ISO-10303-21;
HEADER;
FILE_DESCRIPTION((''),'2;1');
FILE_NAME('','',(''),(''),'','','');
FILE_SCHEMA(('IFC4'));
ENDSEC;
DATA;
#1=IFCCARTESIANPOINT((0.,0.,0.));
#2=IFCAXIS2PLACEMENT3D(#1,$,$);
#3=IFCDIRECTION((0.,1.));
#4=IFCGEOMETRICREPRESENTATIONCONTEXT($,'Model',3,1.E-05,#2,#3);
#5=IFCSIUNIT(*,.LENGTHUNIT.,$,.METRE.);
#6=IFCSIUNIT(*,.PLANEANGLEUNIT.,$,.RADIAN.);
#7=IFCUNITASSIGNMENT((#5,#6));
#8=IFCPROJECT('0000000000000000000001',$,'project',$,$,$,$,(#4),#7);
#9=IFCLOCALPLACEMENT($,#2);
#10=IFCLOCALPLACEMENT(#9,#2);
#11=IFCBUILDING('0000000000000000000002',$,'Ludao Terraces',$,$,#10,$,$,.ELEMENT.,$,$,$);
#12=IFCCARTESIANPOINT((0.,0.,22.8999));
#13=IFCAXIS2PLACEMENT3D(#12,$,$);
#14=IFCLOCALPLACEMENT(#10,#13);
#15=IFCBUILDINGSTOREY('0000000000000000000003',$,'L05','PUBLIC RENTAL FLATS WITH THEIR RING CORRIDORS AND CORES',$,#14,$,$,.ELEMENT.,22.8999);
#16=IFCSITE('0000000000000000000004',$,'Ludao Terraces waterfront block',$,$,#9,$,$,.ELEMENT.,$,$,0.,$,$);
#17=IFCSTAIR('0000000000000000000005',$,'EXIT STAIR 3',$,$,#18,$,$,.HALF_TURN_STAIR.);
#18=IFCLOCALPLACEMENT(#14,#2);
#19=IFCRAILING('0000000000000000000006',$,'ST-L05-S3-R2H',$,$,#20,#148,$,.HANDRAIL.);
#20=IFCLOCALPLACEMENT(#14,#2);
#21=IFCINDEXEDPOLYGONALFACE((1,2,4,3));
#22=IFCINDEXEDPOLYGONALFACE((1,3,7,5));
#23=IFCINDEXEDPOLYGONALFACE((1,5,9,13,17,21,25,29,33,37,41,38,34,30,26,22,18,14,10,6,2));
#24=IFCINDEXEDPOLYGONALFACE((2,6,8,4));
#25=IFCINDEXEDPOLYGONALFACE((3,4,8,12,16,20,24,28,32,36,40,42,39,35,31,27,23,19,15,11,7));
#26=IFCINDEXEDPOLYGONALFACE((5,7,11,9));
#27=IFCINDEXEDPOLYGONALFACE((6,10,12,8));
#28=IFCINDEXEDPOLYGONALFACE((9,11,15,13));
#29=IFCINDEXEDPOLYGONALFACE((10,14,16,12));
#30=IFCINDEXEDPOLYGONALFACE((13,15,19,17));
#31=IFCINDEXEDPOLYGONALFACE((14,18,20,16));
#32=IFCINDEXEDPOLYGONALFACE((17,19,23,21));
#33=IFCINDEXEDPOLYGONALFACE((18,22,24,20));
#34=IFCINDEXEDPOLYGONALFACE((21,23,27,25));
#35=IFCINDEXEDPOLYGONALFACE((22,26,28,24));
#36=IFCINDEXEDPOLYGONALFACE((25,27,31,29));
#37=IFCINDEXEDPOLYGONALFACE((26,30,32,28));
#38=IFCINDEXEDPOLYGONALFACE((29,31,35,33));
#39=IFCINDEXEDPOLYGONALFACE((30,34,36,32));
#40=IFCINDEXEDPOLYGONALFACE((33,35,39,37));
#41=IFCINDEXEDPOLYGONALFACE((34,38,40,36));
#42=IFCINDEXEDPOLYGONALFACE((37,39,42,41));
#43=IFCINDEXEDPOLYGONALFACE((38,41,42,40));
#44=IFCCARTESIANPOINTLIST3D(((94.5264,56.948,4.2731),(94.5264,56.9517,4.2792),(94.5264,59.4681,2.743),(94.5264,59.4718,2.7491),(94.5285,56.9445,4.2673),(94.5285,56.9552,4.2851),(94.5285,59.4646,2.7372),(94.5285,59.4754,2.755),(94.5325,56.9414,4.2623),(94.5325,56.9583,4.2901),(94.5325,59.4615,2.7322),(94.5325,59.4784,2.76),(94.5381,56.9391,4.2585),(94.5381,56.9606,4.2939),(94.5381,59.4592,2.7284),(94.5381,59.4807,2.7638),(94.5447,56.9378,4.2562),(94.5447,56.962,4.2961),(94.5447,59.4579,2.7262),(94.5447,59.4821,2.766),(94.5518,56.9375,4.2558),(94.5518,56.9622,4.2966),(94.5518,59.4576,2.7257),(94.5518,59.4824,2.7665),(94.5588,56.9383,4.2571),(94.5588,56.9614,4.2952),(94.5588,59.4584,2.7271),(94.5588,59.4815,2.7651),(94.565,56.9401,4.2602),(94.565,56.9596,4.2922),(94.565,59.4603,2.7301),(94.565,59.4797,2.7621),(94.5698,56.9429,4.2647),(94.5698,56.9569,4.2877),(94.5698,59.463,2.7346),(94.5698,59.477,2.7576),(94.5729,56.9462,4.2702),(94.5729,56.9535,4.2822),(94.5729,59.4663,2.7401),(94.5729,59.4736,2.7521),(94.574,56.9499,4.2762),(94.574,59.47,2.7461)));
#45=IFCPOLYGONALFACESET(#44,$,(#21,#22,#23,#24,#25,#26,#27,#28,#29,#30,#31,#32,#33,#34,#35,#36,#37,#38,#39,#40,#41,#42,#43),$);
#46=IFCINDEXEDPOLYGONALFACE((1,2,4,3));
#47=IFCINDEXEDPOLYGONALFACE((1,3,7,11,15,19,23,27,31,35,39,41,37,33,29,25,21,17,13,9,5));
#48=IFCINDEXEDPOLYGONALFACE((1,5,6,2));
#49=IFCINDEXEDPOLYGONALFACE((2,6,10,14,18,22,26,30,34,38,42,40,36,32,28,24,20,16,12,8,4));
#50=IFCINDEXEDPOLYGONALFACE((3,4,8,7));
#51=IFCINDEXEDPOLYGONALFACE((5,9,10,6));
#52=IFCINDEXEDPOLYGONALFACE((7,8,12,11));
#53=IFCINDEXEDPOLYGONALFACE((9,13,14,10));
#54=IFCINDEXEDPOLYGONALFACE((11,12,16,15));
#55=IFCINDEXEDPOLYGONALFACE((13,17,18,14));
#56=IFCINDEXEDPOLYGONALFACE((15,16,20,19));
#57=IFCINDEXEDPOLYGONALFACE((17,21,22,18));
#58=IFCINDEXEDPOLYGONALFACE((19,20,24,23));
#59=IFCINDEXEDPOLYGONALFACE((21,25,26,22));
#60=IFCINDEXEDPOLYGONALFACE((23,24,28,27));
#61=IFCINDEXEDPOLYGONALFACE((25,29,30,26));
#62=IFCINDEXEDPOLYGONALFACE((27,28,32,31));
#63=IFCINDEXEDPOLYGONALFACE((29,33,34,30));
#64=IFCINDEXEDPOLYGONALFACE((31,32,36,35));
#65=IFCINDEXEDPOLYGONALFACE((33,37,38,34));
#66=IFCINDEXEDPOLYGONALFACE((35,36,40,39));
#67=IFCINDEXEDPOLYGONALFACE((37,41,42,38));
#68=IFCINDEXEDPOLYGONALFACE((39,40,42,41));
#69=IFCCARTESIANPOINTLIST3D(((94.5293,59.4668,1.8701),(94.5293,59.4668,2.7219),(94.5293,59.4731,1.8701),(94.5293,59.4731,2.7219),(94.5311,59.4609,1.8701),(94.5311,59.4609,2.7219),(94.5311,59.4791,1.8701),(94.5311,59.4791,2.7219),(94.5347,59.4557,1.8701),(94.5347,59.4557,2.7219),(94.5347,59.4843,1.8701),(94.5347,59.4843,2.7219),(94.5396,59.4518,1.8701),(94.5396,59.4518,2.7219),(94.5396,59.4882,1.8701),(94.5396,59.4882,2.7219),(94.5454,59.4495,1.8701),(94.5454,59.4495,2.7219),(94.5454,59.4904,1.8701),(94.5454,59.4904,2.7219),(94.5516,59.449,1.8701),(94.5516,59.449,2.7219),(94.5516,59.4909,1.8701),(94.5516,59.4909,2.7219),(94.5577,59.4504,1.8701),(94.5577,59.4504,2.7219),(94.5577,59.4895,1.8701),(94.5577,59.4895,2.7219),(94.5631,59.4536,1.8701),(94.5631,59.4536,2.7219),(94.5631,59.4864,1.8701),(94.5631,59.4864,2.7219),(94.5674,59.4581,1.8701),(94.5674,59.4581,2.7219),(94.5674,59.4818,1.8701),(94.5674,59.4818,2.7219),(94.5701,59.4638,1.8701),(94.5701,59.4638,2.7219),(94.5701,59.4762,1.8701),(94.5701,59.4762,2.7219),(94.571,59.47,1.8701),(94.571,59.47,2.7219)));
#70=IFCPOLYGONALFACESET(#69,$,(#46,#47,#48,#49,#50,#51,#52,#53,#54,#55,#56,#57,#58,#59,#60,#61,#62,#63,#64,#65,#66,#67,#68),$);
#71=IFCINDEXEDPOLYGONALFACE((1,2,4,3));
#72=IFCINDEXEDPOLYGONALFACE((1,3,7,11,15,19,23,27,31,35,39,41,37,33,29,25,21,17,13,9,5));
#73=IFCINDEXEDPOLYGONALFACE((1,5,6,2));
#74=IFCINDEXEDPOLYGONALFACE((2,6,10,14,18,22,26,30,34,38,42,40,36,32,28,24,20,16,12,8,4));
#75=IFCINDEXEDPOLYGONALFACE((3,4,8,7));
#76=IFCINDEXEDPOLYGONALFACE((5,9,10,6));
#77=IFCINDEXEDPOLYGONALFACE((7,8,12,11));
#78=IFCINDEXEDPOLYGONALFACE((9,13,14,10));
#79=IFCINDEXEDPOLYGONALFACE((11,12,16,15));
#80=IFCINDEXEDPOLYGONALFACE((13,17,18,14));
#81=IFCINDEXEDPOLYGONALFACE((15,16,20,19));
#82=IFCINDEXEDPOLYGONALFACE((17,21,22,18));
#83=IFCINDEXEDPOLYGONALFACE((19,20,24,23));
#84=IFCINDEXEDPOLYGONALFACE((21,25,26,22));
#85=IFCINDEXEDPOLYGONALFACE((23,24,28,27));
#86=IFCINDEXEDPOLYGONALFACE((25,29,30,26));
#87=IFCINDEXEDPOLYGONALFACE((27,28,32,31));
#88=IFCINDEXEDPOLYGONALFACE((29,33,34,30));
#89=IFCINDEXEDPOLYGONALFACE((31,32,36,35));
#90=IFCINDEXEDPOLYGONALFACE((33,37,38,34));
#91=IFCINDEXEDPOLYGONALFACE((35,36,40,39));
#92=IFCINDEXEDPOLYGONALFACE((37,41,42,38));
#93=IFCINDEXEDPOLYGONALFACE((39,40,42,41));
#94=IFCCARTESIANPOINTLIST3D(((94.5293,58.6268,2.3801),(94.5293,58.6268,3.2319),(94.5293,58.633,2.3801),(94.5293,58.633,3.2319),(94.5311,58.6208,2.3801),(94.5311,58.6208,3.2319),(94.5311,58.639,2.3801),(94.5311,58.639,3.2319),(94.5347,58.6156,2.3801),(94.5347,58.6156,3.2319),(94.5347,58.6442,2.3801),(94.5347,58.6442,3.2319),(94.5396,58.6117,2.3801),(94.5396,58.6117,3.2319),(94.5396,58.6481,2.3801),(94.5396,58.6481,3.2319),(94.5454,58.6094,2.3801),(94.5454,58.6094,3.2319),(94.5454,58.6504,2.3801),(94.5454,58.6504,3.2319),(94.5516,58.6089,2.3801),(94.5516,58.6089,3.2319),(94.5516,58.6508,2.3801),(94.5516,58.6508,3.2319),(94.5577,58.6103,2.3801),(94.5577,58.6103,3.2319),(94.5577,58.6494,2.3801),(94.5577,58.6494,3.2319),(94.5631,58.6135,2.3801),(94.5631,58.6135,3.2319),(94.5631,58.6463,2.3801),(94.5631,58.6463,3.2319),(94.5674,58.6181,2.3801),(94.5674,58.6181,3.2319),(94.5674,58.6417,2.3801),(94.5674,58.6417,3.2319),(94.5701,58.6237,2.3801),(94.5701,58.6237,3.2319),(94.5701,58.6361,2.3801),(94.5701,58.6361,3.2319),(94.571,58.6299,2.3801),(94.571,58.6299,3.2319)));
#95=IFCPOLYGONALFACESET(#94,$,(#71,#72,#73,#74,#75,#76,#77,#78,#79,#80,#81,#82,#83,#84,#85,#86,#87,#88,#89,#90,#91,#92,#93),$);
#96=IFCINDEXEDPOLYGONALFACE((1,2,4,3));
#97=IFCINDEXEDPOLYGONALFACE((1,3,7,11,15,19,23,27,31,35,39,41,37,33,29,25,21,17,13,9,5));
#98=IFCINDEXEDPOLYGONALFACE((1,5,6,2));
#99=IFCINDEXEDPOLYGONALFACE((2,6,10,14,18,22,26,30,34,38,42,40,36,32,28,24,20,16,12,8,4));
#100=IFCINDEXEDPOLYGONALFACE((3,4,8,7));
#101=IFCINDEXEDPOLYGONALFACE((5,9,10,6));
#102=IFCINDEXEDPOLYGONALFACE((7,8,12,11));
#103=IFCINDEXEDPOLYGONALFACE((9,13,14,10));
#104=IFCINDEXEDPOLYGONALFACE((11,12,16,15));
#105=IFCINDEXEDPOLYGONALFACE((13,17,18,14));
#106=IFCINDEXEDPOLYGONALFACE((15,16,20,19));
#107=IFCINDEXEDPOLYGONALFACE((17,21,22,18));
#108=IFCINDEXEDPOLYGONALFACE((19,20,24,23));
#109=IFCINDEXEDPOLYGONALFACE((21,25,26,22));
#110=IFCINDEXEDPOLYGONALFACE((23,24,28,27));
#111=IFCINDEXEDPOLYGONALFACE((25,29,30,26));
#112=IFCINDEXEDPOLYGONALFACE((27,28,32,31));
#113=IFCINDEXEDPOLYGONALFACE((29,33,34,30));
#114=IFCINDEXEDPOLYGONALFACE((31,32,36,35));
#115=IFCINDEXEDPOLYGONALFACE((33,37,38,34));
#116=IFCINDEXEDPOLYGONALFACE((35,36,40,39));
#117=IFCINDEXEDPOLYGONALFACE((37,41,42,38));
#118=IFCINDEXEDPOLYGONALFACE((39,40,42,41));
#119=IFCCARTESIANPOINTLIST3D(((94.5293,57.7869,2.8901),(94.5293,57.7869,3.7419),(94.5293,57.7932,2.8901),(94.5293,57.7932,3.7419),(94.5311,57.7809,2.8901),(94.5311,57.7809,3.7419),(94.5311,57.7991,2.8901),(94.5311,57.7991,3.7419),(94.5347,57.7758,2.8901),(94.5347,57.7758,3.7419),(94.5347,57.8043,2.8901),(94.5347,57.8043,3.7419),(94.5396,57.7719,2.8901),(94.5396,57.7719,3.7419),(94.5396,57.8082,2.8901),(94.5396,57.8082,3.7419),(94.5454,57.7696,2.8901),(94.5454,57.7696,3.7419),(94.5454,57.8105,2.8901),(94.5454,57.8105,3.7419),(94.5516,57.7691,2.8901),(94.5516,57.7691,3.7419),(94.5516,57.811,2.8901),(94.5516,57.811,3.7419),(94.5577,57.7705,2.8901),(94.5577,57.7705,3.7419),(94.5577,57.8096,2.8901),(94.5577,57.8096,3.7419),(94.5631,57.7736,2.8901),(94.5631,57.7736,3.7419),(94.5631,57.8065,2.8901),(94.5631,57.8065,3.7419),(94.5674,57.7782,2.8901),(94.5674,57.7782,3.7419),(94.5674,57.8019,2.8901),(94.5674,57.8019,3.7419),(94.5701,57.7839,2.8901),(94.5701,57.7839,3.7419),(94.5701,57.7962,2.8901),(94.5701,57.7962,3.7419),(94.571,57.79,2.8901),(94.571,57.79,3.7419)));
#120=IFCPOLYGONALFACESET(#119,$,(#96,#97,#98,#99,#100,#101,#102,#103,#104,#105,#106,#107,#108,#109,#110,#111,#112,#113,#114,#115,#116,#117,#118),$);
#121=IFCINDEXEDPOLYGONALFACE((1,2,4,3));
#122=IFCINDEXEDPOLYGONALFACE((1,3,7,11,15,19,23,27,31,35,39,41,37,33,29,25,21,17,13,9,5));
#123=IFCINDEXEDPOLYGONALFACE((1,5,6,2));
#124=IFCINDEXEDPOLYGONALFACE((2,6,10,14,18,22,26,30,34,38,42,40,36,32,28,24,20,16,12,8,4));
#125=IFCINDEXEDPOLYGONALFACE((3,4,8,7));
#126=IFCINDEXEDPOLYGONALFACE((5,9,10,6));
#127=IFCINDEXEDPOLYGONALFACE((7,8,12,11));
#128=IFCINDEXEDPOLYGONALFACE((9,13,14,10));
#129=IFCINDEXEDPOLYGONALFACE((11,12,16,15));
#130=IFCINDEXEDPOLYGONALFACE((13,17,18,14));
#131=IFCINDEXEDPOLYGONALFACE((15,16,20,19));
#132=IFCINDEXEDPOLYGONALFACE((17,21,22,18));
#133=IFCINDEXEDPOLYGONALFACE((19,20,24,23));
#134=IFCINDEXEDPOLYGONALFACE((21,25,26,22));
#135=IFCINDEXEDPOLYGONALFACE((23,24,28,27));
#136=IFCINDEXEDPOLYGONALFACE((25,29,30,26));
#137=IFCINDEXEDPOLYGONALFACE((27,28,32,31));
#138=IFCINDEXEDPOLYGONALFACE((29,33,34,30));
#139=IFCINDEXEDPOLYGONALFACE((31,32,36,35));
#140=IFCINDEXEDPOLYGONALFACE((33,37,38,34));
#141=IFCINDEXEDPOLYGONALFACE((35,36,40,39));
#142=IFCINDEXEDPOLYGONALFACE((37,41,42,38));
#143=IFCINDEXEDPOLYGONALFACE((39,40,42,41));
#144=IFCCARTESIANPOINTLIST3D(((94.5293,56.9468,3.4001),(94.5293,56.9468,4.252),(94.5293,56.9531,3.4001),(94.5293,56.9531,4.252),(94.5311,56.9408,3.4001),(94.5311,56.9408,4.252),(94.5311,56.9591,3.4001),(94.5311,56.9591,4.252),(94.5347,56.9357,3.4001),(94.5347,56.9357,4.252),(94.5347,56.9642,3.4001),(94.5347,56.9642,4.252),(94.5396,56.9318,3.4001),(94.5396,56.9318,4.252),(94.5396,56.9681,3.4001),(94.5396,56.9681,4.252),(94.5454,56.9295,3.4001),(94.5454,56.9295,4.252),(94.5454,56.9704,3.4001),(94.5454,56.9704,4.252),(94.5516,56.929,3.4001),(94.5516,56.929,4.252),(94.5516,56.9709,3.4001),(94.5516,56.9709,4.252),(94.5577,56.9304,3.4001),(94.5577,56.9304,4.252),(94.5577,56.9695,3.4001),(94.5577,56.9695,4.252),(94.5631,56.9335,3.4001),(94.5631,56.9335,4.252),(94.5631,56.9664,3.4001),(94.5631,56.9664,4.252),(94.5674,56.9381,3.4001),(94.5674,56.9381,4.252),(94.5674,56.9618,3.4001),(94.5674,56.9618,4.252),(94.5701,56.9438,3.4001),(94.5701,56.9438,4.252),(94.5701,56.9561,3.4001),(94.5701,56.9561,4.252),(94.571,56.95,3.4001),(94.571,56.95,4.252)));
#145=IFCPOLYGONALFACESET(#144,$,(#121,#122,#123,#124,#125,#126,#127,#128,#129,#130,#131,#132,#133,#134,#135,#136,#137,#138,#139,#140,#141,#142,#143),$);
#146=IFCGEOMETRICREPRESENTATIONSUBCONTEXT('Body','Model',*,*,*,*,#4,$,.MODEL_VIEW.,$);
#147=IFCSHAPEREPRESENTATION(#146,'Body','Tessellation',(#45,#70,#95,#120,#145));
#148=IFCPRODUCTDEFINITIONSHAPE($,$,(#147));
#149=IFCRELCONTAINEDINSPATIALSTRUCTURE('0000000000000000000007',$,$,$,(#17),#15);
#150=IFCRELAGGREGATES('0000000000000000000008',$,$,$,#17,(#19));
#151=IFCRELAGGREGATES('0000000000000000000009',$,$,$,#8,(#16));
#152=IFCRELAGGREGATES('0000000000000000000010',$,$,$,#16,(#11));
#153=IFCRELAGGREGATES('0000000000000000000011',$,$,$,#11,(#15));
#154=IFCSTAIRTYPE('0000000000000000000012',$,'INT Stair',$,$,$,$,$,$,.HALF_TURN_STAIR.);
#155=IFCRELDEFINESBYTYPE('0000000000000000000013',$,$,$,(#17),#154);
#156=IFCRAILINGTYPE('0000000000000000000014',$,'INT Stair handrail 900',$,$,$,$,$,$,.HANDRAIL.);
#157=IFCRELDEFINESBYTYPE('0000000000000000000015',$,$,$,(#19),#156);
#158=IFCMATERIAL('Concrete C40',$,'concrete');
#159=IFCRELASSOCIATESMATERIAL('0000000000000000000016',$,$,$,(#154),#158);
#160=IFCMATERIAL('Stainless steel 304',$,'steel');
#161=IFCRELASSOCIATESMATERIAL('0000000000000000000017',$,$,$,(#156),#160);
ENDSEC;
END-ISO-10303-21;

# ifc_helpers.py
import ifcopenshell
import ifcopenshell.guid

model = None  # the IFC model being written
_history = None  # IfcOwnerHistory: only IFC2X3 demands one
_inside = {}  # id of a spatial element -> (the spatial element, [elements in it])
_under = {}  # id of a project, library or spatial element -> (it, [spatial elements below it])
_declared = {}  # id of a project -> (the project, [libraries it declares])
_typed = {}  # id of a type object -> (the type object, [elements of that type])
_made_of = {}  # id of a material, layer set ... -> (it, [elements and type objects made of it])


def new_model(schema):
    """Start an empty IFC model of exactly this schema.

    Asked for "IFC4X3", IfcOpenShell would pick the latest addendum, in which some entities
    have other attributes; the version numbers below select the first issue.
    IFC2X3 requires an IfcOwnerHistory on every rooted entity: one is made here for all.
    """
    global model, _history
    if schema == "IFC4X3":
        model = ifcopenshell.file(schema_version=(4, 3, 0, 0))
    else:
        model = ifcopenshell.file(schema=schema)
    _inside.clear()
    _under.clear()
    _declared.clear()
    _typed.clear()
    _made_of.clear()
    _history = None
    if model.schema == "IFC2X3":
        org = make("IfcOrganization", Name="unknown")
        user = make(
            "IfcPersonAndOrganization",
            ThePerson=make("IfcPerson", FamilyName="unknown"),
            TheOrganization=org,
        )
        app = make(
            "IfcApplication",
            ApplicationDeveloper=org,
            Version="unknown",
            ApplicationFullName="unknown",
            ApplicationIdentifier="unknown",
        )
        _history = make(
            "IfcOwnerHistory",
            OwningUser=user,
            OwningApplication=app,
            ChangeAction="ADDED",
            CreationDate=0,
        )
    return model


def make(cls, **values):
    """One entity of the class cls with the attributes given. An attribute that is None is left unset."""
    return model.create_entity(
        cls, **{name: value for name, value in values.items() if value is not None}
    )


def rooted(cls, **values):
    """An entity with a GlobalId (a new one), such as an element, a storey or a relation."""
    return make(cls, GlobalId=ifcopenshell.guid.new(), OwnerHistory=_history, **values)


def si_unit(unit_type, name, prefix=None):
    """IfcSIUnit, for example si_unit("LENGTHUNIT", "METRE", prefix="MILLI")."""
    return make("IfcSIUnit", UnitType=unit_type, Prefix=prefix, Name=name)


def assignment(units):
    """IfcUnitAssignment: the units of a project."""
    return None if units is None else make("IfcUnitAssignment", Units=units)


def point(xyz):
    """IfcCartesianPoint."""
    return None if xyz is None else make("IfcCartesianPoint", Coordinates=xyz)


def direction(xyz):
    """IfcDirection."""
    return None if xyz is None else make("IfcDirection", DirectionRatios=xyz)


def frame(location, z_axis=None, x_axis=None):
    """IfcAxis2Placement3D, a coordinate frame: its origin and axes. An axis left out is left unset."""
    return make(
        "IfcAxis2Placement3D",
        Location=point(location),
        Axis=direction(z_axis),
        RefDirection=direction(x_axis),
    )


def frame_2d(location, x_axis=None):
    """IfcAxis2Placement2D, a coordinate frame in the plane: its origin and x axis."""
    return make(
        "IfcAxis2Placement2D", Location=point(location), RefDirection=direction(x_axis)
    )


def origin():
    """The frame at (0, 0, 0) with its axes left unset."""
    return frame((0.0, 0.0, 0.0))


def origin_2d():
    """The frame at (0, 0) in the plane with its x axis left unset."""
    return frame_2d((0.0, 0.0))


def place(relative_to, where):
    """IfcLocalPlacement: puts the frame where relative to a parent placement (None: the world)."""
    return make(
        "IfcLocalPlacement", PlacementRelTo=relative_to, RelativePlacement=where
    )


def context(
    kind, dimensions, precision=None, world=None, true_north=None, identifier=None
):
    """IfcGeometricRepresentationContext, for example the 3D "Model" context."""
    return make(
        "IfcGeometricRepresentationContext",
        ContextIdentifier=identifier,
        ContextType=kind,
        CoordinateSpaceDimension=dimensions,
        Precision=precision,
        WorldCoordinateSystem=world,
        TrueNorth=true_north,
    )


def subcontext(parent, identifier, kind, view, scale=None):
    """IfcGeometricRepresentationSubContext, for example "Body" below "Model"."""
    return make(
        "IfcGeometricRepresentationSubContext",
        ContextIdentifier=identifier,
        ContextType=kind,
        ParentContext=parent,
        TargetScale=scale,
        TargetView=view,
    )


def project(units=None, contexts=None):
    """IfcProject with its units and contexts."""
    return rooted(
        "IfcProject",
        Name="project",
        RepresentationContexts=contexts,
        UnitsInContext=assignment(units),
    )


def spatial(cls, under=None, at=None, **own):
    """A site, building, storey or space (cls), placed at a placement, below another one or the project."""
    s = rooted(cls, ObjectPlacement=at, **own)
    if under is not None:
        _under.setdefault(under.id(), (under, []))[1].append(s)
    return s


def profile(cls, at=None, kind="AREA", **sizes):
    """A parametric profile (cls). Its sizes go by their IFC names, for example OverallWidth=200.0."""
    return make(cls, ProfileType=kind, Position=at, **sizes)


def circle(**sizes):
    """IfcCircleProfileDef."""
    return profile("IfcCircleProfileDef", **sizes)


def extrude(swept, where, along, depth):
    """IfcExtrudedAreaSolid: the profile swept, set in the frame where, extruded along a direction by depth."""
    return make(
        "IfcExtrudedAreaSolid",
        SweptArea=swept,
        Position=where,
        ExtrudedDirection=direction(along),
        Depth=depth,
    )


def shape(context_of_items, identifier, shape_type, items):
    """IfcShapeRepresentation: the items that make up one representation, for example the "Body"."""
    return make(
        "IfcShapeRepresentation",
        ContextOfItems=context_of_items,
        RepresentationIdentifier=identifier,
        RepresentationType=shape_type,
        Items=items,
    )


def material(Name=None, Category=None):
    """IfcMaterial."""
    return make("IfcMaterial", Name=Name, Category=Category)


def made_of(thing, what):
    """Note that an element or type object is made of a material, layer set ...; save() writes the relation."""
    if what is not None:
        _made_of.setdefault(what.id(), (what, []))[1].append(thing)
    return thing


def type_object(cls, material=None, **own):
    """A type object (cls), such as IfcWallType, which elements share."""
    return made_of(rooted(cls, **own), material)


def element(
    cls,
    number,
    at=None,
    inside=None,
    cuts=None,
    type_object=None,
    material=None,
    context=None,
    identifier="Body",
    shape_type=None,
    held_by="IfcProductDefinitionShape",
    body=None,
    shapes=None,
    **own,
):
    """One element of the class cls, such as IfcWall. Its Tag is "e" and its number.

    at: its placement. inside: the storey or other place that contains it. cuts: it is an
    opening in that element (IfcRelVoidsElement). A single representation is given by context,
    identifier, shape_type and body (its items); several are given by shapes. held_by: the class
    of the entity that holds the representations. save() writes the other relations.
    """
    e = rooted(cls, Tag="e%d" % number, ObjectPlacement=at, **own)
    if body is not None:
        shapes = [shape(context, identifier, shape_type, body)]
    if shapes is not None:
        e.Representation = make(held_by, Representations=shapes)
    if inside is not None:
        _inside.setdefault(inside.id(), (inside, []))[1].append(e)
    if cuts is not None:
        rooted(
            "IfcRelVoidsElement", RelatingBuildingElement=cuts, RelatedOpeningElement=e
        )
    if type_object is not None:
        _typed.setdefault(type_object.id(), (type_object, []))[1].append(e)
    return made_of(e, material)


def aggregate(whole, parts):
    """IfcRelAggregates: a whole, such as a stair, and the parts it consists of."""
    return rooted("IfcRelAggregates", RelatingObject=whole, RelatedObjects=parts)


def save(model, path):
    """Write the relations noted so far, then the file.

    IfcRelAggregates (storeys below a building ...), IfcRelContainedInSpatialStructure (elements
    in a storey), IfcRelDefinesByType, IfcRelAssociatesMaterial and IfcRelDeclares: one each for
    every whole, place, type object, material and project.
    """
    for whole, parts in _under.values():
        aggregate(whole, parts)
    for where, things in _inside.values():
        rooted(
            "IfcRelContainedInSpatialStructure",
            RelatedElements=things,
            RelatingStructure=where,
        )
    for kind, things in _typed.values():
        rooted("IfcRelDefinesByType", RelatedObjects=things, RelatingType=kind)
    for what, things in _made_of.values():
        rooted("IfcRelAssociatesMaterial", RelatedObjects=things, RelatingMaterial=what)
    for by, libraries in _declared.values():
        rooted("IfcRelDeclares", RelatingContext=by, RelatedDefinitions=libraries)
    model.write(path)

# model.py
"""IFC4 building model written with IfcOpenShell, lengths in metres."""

from ifc_helpers import new_model, si_unit, direction, frame, origin, origin_2d, place, context, subcontext, project, spatial, circle, extrude, material, type_object, element, aggregate, save


model = new_model("IFC4")

# Units and contexts
model_context = context("Model", 3, precision=1e-05, world=origin(), true_north=direction((0.0, 1.0)))
body_context = subcontext(model_context, "Body", "Model", "MODEL_VIEW")
ifc_project = project(units=[si_unit("LENGTHUNIT", "METRE"), si_unit("PLANEANGLEUNIT", "RADIAN")], contexts=[model_context])

# Site, building, storey
site_placement = place(None, origin())
site = spatial("IfcSite", under=ifc_project, at=site_placement, Name="Ludao Terraces waterfront block", CompositionType="ELEMENT", RefElevation=0.0)
building_placement = place(site_placement, origin())
building = spatial("IfcBuilding", under=site, at=building_placement, Name="Ludao Terraces", CompositionType="ELEMENT")
storey_placement = place(building_placement, frame((0.0, 0.0, 22.8999)))
storey = spatial("IfcBuildingStorey", under=building, at=storey_placement, Name="L05", Description="PUBLIC RENTAL FLATS WITH THEIR RING CORRIDORS AND CORES", CompositionType="ELEMENT", Elevation=22.8999)

# Stair, railing
ifc_material_1 = material(Name="Concrete C40", Category="concrete")
stair_type = type_object("IfcStairType", Name="INT Stair", PredefinedType="HALF_TURN_STAIR", material=ifc_material_1)
stair_placement = place(storey_placement, origin())
stair = element("IfcStair", 1, at=stair_placement, inside=storey, type_object=stair_type, Name="EXIT STAIR 3", PredefinedType="HALF_TURN_STAIR")
ifc_material_2 = material(Name="Stainless steel 304", Category="steel")
railing_type_1 = type_object("IfcRailingType", Name="INT Stair handrail 900", PredefinedType="HANDRAIL", material=ifc_material_2)
railing_1_placement = place(storey_placement, frame((94.55, 59.47, 1.8701)))
railing_1 = element("IfcRailing", 2, at=railing_1_placement, type_object=railing_type_1, Name="ST-L05-S3-R2H", PredefinedType="HANDRAIL", context=body_context, shape_type="SweptSolid", body=[
    extrude(circle(Radius=0.0239, at=origin_2d()), frame((0.0, 0.0, 0.876), z_axis=(0.0, -0.854785, 0.518982), x_axis=(1.0, 0.0, 0.0)), (0.0, 0.0, 1.0), 2.9482),
    extrude(circle(Radius=0.021, at=origin_2d()), origin(), (0.0, 0.0, 1.0), 0.8518),
    extrude(circle(Radius=0.021, at=origin_2d()), frame((0.0, -0.8401, 0.51)), (0.0, 0.0, 1.0), 0.8518),
    extrude(circle(Radius=0.021, at=origin_2d()), frame((0.0, -1.6799, 1.02)), (0.0, 0.0, 1.0), 0.8518),
    extrude(circle(Radius=0.021, at=origin_2d()), frame((0.0, -2.52, 1.53)), (0.0, 0.0, 1.0), 0.8518),
])
aggregate(stair, [railing_1])

save(model, "model.ifc")
